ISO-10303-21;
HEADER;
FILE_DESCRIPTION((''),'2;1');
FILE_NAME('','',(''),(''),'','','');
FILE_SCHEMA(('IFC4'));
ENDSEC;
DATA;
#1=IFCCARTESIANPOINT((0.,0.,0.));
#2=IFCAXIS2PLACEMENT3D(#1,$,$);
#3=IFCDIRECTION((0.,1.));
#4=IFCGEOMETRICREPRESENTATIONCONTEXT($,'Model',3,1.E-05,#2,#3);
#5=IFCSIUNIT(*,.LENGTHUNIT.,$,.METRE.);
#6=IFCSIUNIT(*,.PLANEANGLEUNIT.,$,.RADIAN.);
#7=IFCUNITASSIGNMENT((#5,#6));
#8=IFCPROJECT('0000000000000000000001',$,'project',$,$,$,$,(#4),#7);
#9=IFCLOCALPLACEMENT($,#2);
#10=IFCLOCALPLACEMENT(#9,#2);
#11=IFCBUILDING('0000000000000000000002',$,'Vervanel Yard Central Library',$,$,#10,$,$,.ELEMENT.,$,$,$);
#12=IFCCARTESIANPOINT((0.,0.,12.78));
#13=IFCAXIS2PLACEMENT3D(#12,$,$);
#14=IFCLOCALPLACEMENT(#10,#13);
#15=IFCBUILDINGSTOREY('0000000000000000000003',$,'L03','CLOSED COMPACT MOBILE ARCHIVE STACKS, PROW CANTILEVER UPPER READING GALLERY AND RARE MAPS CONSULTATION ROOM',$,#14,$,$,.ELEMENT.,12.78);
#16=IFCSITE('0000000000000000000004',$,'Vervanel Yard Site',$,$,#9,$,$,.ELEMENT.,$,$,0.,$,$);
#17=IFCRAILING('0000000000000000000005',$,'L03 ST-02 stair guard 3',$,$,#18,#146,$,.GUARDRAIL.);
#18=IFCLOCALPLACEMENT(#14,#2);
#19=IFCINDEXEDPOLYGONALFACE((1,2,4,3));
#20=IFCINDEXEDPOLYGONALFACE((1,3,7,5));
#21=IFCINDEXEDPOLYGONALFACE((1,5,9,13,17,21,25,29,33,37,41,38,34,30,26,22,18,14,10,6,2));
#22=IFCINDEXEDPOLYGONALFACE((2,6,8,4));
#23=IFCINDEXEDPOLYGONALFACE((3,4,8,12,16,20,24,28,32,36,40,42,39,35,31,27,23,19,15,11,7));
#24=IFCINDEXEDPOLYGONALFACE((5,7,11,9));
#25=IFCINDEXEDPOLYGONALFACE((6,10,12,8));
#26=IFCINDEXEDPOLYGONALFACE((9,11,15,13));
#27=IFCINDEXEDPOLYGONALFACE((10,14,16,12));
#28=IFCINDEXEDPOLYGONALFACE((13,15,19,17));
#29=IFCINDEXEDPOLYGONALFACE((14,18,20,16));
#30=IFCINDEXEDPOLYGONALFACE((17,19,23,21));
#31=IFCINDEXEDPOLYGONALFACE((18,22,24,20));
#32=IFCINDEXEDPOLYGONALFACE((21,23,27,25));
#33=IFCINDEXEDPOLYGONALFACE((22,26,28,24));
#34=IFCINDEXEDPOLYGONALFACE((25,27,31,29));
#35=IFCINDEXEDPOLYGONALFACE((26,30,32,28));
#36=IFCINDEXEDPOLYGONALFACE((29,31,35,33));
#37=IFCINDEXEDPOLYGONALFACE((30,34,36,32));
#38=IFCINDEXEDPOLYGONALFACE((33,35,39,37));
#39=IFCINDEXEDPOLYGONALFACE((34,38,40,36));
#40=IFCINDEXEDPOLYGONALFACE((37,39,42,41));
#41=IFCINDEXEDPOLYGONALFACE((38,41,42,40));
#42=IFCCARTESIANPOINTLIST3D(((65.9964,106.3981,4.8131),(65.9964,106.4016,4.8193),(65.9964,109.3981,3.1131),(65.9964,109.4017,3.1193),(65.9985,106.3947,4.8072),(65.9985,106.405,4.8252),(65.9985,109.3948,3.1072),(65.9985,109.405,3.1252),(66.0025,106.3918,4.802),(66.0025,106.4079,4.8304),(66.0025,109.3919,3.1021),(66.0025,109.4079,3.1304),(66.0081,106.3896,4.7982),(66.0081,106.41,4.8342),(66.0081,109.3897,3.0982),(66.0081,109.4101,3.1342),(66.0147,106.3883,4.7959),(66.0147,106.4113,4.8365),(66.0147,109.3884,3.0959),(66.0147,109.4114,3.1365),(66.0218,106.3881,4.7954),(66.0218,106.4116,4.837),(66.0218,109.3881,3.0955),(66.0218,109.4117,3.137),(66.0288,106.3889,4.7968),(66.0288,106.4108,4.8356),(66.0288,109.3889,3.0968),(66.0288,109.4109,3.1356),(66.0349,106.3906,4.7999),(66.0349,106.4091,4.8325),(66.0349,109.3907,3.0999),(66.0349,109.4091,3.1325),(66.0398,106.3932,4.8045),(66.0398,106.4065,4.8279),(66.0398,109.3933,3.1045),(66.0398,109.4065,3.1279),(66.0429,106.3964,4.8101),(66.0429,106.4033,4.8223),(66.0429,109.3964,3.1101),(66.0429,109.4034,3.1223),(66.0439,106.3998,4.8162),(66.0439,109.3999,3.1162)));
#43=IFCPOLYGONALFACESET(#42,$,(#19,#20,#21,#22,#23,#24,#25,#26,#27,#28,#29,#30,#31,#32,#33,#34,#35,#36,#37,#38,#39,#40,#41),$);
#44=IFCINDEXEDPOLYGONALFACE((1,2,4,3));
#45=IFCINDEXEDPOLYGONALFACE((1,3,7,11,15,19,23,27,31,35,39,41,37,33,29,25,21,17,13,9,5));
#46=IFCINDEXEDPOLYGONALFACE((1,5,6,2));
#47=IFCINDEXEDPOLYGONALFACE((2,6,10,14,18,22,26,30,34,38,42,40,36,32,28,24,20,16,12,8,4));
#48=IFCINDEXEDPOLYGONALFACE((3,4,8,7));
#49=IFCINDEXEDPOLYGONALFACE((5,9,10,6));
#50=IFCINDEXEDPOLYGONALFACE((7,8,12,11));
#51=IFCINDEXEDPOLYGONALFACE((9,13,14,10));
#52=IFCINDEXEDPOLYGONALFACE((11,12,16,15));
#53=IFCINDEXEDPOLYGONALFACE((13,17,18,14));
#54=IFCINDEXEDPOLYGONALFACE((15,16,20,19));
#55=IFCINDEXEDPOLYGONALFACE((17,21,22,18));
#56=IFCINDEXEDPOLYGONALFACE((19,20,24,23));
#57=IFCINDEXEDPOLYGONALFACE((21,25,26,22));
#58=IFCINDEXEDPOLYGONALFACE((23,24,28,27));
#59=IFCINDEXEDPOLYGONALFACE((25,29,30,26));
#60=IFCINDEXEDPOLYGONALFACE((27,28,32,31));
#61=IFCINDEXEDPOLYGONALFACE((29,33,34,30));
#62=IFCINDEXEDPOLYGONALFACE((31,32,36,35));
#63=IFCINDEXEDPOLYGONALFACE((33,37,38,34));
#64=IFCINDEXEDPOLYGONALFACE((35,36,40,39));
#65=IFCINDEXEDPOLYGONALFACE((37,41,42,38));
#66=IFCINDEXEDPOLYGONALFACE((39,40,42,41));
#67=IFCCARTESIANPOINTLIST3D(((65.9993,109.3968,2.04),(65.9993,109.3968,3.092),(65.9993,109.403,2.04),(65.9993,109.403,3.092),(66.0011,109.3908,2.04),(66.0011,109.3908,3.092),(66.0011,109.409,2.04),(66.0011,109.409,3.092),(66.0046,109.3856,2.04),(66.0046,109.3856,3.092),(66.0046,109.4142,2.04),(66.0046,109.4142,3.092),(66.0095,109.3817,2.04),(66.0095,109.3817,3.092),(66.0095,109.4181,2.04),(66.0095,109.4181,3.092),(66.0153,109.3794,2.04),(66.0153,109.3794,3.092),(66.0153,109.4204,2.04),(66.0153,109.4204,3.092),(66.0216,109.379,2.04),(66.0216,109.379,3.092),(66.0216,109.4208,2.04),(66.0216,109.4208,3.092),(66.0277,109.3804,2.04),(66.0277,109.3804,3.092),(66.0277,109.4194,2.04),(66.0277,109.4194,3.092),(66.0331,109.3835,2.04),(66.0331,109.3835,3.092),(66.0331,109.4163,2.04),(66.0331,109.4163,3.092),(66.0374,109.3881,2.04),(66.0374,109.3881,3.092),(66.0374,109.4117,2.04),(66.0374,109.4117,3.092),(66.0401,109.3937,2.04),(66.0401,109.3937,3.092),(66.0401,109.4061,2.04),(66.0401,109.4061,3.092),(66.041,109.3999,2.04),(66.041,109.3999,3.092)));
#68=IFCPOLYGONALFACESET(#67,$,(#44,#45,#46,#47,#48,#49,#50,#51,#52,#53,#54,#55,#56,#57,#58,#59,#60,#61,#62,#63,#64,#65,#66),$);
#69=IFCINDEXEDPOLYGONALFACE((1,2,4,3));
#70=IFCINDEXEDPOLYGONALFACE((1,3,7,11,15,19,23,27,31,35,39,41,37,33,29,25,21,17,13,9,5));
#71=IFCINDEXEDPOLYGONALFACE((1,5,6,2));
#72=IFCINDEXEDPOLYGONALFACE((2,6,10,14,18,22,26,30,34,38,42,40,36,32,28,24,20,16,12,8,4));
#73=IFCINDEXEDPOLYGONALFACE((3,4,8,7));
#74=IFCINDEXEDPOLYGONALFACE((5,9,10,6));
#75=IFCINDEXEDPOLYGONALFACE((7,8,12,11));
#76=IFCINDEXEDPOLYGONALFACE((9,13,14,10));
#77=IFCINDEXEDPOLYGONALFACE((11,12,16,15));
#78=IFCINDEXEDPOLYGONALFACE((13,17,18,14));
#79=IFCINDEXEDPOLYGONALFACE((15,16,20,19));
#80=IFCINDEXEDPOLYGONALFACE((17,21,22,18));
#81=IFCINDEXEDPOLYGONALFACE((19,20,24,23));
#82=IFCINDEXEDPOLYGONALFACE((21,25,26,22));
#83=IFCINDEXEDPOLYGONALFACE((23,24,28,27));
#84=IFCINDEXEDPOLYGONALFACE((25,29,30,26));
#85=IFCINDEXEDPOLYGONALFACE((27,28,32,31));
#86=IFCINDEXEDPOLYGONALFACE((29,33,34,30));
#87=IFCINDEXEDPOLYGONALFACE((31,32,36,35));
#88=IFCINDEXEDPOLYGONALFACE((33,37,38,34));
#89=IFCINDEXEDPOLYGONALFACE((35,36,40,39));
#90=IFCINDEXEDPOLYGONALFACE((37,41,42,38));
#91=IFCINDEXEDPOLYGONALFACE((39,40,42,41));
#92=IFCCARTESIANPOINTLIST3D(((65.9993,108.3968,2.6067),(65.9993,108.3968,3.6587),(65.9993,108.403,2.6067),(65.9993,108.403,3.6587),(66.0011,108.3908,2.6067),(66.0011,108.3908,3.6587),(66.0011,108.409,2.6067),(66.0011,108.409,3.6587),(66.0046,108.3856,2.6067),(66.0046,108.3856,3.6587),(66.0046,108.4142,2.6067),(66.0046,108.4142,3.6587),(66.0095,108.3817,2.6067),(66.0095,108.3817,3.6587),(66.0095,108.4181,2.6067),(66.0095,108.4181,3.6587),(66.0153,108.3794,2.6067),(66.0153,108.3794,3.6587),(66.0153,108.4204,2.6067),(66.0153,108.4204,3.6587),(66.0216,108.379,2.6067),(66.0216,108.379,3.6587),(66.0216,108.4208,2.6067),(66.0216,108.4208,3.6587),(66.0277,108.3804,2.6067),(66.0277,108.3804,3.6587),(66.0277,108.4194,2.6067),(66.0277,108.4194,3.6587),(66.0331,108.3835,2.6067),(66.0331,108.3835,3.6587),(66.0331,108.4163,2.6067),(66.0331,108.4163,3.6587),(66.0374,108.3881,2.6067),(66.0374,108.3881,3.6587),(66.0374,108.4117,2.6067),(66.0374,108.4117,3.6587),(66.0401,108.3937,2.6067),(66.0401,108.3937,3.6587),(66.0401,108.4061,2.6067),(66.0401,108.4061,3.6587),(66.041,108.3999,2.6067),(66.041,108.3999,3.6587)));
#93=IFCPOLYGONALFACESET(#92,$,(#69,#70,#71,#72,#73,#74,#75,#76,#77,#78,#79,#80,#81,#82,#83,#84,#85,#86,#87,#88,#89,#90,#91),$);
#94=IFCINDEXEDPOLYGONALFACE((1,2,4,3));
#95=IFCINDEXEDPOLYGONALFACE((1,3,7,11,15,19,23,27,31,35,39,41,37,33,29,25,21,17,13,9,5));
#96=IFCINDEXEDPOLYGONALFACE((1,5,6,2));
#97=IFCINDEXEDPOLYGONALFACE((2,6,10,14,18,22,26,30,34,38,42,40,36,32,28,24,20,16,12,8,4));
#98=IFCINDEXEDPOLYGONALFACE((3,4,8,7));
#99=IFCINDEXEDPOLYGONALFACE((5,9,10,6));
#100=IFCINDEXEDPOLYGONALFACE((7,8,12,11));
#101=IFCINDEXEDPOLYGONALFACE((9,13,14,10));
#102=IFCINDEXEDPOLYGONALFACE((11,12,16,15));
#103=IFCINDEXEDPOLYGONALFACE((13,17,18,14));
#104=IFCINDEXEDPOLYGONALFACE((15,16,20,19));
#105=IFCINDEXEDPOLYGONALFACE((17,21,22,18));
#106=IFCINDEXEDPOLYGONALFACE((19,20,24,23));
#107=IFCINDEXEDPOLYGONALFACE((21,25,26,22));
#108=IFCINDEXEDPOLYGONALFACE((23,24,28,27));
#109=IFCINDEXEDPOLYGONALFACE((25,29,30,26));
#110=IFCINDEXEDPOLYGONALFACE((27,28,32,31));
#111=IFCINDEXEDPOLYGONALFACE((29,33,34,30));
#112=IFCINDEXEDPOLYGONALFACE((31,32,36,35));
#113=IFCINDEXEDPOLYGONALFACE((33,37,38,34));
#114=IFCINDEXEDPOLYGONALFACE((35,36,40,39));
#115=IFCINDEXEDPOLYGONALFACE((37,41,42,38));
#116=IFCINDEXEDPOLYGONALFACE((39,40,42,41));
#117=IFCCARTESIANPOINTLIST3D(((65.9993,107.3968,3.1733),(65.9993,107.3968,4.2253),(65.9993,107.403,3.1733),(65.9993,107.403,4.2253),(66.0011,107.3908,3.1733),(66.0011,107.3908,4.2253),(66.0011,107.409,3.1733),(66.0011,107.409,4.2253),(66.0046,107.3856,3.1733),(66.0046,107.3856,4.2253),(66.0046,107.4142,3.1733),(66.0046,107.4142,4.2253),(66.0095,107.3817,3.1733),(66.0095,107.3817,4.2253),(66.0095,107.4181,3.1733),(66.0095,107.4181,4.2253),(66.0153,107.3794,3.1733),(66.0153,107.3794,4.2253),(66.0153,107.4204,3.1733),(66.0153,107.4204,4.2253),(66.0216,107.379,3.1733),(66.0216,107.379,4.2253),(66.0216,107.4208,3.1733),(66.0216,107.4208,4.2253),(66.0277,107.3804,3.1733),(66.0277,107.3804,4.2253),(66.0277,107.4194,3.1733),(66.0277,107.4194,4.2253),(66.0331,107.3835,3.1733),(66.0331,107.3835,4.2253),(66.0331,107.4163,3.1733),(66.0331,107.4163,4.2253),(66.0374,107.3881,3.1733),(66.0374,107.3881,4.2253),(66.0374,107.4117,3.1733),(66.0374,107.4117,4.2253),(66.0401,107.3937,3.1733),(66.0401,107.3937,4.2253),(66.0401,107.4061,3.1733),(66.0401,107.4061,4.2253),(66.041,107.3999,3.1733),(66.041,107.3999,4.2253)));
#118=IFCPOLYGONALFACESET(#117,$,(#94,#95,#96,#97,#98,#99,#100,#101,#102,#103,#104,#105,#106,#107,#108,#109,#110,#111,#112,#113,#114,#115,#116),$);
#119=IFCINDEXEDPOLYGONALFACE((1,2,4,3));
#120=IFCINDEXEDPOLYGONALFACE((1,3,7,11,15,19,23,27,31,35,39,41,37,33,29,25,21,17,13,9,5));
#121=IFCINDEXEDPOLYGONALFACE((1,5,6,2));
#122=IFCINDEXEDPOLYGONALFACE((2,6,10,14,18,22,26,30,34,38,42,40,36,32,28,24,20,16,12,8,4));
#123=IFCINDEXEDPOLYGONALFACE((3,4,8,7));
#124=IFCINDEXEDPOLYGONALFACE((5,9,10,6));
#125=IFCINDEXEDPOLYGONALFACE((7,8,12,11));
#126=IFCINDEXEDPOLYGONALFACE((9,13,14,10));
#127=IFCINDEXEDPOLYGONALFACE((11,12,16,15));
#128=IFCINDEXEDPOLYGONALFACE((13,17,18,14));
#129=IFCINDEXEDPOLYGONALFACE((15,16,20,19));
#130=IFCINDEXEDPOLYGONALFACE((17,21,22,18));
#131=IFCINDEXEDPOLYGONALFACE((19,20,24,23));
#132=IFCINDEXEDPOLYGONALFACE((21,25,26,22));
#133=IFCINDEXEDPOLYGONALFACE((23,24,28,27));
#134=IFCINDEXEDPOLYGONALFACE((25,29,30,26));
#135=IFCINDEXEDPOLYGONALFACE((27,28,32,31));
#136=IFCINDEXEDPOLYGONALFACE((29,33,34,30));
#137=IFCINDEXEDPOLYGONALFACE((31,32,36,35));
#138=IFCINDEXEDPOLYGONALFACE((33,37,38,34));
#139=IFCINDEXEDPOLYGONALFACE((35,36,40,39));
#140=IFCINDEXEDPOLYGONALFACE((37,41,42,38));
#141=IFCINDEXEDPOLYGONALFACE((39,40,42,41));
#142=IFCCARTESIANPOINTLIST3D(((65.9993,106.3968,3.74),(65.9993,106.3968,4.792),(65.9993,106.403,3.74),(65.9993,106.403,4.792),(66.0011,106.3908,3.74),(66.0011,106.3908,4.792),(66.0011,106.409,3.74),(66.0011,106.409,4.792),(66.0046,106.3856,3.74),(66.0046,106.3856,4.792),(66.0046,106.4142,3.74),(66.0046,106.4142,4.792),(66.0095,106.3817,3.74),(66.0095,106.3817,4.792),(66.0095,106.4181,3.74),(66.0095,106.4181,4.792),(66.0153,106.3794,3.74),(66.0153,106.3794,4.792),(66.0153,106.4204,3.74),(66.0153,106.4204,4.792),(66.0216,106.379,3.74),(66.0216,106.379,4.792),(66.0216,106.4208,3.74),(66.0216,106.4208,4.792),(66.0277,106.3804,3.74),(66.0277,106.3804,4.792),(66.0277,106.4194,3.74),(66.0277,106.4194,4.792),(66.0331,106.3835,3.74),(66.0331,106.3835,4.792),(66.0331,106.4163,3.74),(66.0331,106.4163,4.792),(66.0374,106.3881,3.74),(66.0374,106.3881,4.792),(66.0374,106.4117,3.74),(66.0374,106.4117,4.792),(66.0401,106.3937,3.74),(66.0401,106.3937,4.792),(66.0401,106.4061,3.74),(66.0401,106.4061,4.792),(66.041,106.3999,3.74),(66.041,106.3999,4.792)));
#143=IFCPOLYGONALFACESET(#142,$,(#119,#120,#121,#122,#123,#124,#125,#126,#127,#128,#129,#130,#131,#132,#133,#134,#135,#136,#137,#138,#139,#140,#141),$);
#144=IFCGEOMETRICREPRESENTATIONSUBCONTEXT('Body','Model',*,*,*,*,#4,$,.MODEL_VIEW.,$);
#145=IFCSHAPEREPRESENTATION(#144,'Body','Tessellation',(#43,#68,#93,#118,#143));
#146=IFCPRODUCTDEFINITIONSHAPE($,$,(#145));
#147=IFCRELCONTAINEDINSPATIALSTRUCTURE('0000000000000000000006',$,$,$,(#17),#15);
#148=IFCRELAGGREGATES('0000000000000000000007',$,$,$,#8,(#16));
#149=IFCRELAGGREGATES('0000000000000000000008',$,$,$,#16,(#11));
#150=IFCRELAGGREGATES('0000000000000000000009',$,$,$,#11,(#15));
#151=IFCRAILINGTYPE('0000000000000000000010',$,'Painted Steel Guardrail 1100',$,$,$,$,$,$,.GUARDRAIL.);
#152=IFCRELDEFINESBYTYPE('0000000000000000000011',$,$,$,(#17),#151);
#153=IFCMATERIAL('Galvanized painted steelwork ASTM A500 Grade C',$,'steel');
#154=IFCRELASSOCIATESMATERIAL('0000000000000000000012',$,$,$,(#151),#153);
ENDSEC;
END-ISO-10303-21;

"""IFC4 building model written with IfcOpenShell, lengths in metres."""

from ifc_helpers import new_model, si_unit, direction, frame, origin, origin_2d, place, context, subcontext, project, spatial, circle, extrude, material, type_object, element, save


model = new_model("IFC4")

# Units and contexts
model_context = context("Model", 3, precision=1e-05, world=origin(), true_north=direction((0.0, 1.0)))
body_context = subcontext(model_context, "Body", "Model", "MODEL_VIEW")
ifc_project = project(units=[si_unit("LENGTHUNIT", "METRE"), si_unit("PLANEANGLEUNIT", "RADIAN")], contexts=[model_context])

# Site, building, storey
site_placement = place(None, origin())
site = spatial("IfcSite", under=ifc_project, at=site_placement, Name="Vervanel Yard Site", CompositionType="ELEMENT", RefElevation=0.0)
building_placement = place(site_placement, origin())
building = spatial("IfcBuilding", under=site, at=building_placement, Name="Vervanel Yard Central Library", CompositionType="ELEMENT")
storey_placement = place(building_placement, frame((0.0, 0.0, 12.78)))
storey = spatial("IfcBuildingStorey", under=building, at=storey_placement, Name="L03", Description="CLOSED COMPACT MOBILE ARCHIVE STACKS, PROW CANTILEVER UPPER READING GALLERY AND RARE MAPS CONSULTATION ROOM", CompositionType="ELEMENT", Elevation=12.78)

# Shared definitions
ifc_material_1 = material(Name="Galvanized painted steelwork ASTM A500 Grade C", Category="steel")

# Railing
railing_type_1 = type_object("IfcRailingType", Name="Painted Steel Guardrail 1100", PredefinedType="GUARDRAIL", material=ifc_material_1)
railing_1_placement = place(storey_placement, frame((66.02, 109.3999, 2.04)))
element("IfcRailing", 1, at=railing_1_placement, inside=storey, type_object=railing_type_1, Name="L03 ST-02 stair guard 3", PredefinedType="GUARDRAIL", context=body_context, shape_type="SweptSolid", body=[
    extrude(circle(Radius=0.0239, at=origin_2d()), frame((0.0, 0.0, 1.0762), z_axis=(0.0, -0.870028, 0.493002), x_axis=(1.0, 0.0, 0.0)), (0.0, 0.0, 1.0), 3.4482),
    extrude(circle(Radius=0.021, at=origin_2d()), origin(), (0.0, 0.0, 1.0), 1.052),
    extrude(circle(Radius=0.021, at=origin_2d()), frame((0.0, -1.0, 0.5667)), (0.0, 0.0, 1.0), 1.052),
    extrude(circle(Radius=0.021, at=origin_2d()), frame((0.0, -2.0, 1.1333)), (0.0, 0.0, 1.0), 1.052),
    extrude(circle(Radius=0.021, at=origin_2d()), frame((0.0, -3.0, 1.7)), (0.0, 0.0, 1.0), 1.052),
])

save(model, "model.ifc")
